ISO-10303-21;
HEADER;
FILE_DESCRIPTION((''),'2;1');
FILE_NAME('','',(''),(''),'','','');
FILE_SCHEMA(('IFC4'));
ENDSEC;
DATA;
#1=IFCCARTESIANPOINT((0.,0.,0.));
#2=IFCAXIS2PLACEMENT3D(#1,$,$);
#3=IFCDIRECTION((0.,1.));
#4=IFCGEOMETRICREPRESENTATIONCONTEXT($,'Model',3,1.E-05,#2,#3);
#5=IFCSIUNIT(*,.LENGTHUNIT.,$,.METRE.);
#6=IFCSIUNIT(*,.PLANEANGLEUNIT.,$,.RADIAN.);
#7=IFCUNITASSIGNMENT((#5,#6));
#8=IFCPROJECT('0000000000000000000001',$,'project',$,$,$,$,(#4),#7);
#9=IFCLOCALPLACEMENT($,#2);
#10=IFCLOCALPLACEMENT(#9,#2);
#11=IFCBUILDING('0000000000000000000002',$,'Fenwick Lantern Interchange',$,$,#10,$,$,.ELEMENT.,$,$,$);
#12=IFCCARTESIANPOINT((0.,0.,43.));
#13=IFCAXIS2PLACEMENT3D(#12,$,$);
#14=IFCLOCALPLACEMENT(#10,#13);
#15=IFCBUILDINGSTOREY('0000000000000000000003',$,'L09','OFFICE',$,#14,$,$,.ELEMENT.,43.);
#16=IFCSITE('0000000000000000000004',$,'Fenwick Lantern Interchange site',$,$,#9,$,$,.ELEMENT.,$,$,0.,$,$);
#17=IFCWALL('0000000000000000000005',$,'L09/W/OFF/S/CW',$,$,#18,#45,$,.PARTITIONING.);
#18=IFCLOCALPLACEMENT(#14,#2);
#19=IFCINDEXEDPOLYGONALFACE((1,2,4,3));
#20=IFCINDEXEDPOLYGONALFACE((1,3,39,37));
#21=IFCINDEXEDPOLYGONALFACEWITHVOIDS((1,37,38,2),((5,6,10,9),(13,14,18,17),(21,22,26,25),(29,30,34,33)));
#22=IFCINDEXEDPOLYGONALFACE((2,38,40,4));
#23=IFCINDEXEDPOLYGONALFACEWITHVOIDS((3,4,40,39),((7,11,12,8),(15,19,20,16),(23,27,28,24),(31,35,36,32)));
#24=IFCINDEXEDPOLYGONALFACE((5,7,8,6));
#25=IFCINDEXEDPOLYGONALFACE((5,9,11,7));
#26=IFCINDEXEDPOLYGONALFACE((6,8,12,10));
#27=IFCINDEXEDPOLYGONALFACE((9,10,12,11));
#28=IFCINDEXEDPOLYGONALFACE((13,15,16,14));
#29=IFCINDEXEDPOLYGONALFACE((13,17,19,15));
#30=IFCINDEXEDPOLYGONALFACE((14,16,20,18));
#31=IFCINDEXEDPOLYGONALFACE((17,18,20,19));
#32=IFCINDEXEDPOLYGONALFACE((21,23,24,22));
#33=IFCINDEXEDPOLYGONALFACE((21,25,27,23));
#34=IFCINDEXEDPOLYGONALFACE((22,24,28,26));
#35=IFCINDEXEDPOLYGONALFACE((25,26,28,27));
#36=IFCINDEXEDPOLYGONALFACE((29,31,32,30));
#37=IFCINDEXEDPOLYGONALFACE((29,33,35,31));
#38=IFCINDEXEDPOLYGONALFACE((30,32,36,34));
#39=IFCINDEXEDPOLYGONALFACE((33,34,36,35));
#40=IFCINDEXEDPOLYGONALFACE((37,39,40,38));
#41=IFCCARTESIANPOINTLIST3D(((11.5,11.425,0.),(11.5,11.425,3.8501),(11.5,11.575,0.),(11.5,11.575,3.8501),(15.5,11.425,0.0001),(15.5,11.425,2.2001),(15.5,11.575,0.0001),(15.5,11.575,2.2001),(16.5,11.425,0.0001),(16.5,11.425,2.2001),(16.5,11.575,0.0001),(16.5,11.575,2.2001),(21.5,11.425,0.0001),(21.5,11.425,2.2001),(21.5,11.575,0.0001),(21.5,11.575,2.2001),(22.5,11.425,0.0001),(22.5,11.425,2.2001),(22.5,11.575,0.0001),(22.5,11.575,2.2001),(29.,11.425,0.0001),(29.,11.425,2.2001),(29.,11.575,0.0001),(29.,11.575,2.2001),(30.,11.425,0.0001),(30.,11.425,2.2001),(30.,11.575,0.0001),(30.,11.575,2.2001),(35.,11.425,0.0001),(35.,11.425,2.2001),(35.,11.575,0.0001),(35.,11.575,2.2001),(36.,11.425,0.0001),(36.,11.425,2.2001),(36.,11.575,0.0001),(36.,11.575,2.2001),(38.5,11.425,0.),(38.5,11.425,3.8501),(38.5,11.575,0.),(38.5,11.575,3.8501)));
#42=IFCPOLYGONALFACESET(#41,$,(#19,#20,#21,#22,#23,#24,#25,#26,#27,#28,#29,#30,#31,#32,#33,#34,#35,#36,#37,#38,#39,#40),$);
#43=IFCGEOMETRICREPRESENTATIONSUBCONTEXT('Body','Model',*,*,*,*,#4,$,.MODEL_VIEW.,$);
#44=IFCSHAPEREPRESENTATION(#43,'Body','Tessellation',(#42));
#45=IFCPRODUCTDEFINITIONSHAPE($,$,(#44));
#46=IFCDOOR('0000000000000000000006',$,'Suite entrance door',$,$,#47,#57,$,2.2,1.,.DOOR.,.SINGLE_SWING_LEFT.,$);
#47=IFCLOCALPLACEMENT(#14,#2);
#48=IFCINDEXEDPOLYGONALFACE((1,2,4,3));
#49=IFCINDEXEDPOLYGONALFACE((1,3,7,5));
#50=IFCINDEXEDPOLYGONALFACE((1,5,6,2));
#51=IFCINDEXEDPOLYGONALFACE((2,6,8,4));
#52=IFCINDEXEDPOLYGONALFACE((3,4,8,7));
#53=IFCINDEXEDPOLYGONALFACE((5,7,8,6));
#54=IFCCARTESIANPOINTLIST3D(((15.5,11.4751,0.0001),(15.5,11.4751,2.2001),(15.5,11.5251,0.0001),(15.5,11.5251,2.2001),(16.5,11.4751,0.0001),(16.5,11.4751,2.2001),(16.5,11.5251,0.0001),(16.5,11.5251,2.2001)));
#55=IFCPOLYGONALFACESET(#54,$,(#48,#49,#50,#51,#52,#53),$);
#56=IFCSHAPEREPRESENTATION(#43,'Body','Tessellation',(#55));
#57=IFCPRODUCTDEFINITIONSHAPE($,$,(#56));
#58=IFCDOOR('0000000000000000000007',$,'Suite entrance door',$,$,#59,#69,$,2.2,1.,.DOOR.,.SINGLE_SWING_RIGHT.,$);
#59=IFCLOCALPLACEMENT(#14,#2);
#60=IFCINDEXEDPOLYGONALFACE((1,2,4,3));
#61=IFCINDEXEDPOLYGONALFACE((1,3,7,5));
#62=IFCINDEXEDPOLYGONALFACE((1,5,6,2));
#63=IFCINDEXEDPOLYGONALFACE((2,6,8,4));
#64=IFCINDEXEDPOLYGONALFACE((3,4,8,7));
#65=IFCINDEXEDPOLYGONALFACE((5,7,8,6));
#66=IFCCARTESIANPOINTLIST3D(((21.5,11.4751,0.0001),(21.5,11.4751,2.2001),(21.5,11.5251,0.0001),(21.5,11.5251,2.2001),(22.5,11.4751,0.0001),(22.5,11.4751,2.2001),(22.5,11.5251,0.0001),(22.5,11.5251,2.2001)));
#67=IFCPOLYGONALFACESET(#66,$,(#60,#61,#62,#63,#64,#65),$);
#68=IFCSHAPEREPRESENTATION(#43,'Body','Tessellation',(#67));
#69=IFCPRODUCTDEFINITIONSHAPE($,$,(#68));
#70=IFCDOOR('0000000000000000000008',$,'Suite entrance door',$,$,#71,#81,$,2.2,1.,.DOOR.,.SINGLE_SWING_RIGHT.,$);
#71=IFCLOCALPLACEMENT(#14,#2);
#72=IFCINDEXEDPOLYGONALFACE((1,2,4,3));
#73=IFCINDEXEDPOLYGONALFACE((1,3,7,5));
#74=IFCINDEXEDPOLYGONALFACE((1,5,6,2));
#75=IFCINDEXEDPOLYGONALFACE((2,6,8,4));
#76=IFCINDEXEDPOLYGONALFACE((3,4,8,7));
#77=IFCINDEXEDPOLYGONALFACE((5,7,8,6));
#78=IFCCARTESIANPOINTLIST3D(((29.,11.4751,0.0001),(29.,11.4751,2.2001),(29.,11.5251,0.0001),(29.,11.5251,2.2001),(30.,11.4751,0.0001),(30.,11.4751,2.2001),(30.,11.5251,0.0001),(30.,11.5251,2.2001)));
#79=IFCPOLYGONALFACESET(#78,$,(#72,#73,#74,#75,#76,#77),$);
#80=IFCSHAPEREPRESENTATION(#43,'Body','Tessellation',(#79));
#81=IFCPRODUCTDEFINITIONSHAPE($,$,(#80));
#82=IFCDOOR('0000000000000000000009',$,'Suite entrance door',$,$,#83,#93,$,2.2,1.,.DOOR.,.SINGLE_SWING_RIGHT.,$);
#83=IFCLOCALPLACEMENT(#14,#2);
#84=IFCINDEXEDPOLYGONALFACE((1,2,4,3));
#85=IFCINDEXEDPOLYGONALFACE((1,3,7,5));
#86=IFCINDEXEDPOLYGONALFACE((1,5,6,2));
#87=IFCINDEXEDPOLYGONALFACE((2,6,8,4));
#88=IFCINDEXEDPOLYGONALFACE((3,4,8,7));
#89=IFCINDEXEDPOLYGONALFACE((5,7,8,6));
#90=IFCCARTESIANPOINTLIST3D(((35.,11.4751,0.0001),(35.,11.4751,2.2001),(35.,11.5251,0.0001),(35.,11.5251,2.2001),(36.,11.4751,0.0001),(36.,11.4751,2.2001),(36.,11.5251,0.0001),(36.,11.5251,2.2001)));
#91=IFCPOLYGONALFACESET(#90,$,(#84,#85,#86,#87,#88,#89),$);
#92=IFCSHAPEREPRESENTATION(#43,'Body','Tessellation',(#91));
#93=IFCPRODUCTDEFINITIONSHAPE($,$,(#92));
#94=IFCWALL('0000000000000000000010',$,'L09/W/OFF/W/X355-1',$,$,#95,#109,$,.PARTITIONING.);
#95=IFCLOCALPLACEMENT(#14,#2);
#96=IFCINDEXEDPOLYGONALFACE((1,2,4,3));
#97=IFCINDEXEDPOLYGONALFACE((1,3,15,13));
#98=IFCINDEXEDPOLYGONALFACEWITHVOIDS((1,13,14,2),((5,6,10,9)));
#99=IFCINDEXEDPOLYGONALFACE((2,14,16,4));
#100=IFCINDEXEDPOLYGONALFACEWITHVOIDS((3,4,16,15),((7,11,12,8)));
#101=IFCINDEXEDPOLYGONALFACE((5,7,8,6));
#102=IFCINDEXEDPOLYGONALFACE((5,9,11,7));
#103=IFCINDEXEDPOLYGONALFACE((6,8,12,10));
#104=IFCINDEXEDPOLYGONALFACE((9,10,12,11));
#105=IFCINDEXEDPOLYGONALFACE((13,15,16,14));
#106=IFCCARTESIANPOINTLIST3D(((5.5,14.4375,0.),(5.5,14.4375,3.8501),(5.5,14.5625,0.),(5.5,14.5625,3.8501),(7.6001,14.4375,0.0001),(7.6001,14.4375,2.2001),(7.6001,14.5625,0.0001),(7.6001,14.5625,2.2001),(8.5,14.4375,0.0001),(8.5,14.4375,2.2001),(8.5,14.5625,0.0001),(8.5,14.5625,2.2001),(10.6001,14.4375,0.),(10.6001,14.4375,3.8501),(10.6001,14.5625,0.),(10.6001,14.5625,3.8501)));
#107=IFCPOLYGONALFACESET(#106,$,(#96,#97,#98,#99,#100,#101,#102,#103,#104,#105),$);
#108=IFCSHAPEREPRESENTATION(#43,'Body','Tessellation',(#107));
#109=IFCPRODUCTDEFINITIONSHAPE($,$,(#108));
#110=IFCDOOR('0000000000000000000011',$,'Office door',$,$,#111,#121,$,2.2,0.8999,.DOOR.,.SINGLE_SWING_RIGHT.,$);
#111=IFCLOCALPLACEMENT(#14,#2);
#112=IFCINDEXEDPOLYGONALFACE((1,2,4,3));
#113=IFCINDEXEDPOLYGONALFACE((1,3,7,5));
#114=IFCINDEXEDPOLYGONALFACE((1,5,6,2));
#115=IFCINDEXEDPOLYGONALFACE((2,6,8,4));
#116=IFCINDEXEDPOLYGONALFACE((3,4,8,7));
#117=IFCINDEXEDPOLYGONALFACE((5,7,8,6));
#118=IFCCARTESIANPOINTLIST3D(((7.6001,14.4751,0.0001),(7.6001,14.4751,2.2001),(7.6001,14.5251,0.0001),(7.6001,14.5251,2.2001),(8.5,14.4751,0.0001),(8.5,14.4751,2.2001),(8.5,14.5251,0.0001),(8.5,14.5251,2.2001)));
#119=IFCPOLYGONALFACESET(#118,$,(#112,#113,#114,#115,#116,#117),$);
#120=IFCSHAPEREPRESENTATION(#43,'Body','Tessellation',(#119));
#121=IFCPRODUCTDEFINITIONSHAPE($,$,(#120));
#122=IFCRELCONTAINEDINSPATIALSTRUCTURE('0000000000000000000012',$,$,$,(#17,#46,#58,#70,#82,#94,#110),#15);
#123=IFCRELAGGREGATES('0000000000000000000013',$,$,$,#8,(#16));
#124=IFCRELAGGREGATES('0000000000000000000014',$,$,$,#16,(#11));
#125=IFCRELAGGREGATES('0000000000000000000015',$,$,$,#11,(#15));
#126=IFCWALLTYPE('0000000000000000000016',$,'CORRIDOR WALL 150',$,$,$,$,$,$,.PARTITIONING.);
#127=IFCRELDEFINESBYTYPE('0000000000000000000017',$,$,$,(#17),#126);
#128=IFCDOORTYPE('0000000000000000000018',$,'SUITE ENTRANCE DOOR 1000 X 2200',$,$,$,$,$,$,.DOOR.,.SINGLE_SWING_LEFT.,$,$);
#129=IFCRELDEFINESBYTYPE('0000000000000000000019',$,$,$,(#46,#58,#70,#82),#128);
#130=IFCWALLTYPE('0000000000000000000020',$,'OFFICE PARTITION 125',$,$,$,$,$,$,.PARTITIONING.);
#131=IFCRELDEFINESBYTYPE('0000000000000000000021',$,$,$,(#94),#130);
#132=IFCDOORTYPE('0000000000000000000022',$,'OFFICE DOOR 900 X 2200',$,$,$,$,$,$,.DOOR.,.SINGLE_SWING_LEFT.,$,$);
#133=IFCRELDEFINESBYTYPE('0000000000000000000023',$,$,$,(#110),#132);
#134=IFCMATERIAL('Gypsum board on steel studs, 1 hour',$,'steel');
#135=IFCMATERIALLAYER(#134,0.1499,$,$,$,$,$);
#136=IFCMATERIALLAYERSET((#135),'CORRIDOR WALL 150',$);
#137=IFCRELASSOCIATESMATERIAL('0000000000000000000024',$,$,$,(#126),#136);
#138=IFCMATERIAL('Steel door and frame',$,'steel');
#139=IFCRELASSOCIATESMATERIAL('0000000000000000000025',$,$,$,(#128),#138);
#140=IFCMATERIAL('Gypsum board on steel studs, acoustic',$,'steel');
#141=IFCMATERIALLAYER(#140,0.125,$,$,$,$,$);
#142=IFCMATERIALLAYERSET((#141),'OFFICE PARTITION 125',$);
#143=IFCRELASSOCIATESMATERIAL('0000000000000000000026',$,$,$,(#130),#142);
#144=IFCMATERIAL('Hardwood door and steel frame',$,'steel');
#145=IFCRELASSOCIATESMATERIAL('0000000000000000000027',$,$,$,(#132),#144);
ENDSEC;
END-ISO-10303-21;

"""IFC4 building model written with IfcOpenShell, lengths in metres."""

from ifc_helpers import new_model, si_unit, direction, frame, frame_2d, origin, place, context, subcontext, project, spatial, rectangle, extrude, material, layer, layer_set, type_object, element, fill, save


model = new_model("IFC4")

# Units and contexts
model_context = context("Model", 3, precision=1e-05, world=origin(), true_north=direction((0.0, 1.0)))
body_context = subcontext(model_context, "Body", "Model", "MODEL_VIEW")
ifc_project = project(units=[si_unit("LENGTHUNIT", "METRE"), si_unit("PLANEANGLEUNIT", "RADIAN")], contexts=[model_context])

# Site, building, storey
site_placement = place(None, origin())
site = spatial("IfcSite", under=ifc_project, at=site_placement, Name="Fenwick Lantern Interchange site", CompositionType="ELEMENT", RefElevation=0.0)
building_placement = place(site_placement, origin())
building = spatial("IfcBuilding", under=site, at=building_placement, Name="Fenwick Lantern Interchange", CompositionType="ELEMENT")
storey_placement = place(building_placement, frame((0.0, 0.0, 43.0)))
storey = spatial("IfcBuildingStorey", under=building, at=storey_placement, Name="L09", Description="OFFICE", CompositionType="ELEMENT", Elevation=43.0)

# Shared definitions
ifc_material_1 = material(Name="Steel door and frame", Category="steel")

# Wall, openings, doors
ifc_material_2 = material(Name="Hardwood door and steel frame", Category="steel")
ifc_material_3 = material(Name="Gypsum board on steel studs, 1 hour", Category="steel")
ifc_layer_1 = layer(ifc_material_3, 0.1499)
ifc_layer_set_1 = layer_set([ifc_layer_1], Name="CORRIDOR WALL 150")
wall_type_1 = type_object("IfcWallType", Name="CORRIDOR WALL 150", PredefinedType="PARTITIONING", material=ifc_layer_set_1)
wall_1_placement = place(storey_placement, frame((11.5, 11.5, 0.0), z_axis=(0.0, 0.0, 1.0), x_axis=(1.0, 0.0, 0.0)))
wall_1 = element("IfcWall", 1, at=wall_1_placement, inside=storey, type_object=wall_type_1, Name="L09/W/OFF/S/CW", PredefinedType="PARTITIONING", context=body_context, shape_type="SweptSolid", body=[
    extrude(rectangle(XDim=27.0, YDim=0.1499, at=frame_2d((13.5, 0.0))), origin(), (0.0, 0.0, 1.0), 3.8501),
])
opening_1_placement = place(wall_1_placement, frame((4.0, 0.0, 0.0)))
opening_1 = element("IfcOpeningElement", 2, at=opening_1_placement, cuts=wall_1, PredefinedType="OPENING", context=body_context, shape_type="SweptSolid", body=[
    extrude(rectangle(XDim=1.0, YDim=2.2, at=frame_2d((0.5, 1.1001))), frame((0.0, 0.085, 0.0), z_axis=(0.0, -1.0, 0.0), x_axis=(1.0, 0.0, 0.0)), (0.0, 0.0, 1.0), 0.1699),
])
opening_2_placement = place(wall_1_placement, frame((10.0, 0.0, 0.0)))
opening_2 = element("IfcOpeningElement", 3, at=opening_2_placement, cuts=wall_1, PredefinedType="OPENING", context=body_context, shape_type="SweptSolid", body=[
    extrude(rectangle(XDim=1.0, YDim=2.2, at=frame_2d((0.5, 1.1001))), frame((0.0, 0.085, 0.0), z_axis=(0.0, -1.0, 0.0), x_axis=(1.0, 0.0, 0.0)), (0.0, 0.0, 1.0), 0.1699),
])
opening_3_placement = place(wall_1_placement, frame((17.5, 0.0, 0.0)))
opening_3 = element("IfcOpeningElement", 4, at=opening_3_placement, cuts=wall_1, PredefinedType="OPENING", context=body_context, shape_type="SweptSolid", body=[
    extrude(rectangle(XDim=1.0, YDim=2.2, at=frame_2d((0.5, 1.1001))), frame((0.0, 0.085, 0.0), z_axis=(0.0, -1.0, 0.0), x_axis=(1.0, 0.0, 0.0)), (0.0, 0.0, 1.0), 0.1699),
])
opening_4_placement = place(wall_1_placement, frame((23.5, 0.0, 0.0)))
opening_4 = element("IfcOpeningElement", 5, at=opening_4_placement, cuts=wall_1, PredefinedType="OPENING", context=body_context, shape_type="SweptSolid", body=[
    extrude(rectangle(XDim=1.0, YDim=2.2, at=frame_2d((0.5, 1.1001))), frame((0.0, 0.085, 0.0), z_axis=(0.0, -1.0, 0.0), x_axis=(1.0, 0.0, 0.0)), (0.0, 0.0, 1.0), 0.1699),
])
door_type_1 = type_object("IfcDoorType", Name="SUITE ENTRANCE DOOR 1000 X 2200", OperationType="SINGLE_SWING_LEFT", PredefinedType="DOOR", material=ifc_material_1)
door_1_placement = place(opening_1_placement, frame((1.0, 0.0, 0.0), z_axis=(0.0, 0.0, 1.0), x_axis=(-1.0, 0.0, 0.0)))
door_1 = element("IfcDoor", 6, at=door_1_placement, inside=storey, type_object=door_type_1, Name="Suite entrance door", OperationType="SINGLE_SWING_LEFT", OverallHeight=2.2, OverallWidth=1.0, PredefinedType="DOOR", context=body_context, shape_type="SweptSolid", body=[
    extrude(rectangle(XDim=1.0, YDim=2.2, at=frame_2d((0.5, 1.1001))), frame((0.0, 0.0249, 0.0), z_axis=(0.0, -1.0, 0.0), x_axis=(1.0, 0.0, 0.0)), (0.0, 0.0, 1.0), 0.05),
])
fill(opening_1, door_1)
door_2_placement = place(opening_2_placement, frame((1.0, 0.0, 0.0), z_axis=(0.0, 0.0, 1.0), x_axis=(-1.0, 0.0, 0.0)))
door_2 = element("IfcDoor", 7, at=door_2_placement, inside=storey, type_object=door_type_1, Name="Suite entrance door", OperationType="SINGLE_SWING_RIGHT", OverallHeight=2.2, OverallWidth=1.0, PredefinedType="DOOR", context=body_context, shape_type="SweptSolid", body=[
    extrude(rectangle(XDim=1.0, YDim=2.2, at=frame_2d((0.5, 1.1001))), frame((0.0, 0.0249, 0.0), z_axis=(0.0, -1.0, 0.0), x_axis=(1.0, 0.0, 0.0)), (0.0, 0.0, 1.0), 0.05),
])
fill(opening_2, door_2)
door_3_placement = place(opening_3_placement, frame((1.0, 0.0, 0.0), z_axis=(0.0, 0.0, 1.0), x_axis=(-1.0, 0.0, 0.0)))
door_3 = element("IfcDoor", 8, at=door_3_placement, inside=storey, type_object=door_type_1, Name="Suite entrance door", OperationType="SINGLE_SWING_RIGHT", OverallHeight=2.2, OverallWidth=1.0, PredefinedType="DOOR", context=body_context, shape_type="SweptSolid", body=[
    extrude(rectangle(XDim=1.0, YDim=2.2, at=frame_2d((0.5, 1.1001))), frame((0.0, 0.0249, 0.0), z_axis=(0.0, -1.0, 0.0), x_axis=(1.0, 0.0, 0.0)), (0.0, 0.0, 1.0), 0.05),
])
fill(opening_3, door_3)
door_4_placement = place(opening_4_placement, frame((1.0, 0.0, 0.0), z_axis=(0.0, 0.0, 1.0), x_axis=(-1.0, 0.0, 0.0)))
door_4 = element("IfcDoor", 9, at=door_4_placement, inside=storey, type_object=door_type_1, Name="Suite entrance door", OperationType="SINGLE_SWING_RIGHT", OverallHeight=2.2, OverallWidth=1.0, PredefinedType="DOOR", context=body_context, shape_type="SweptSolid", body=[
    extrude(rectangle(XDim=1.0, YDim=2.2, at=frame_2d((0.5, 1.1001))), frame((0.0, 0.0249, 0.0), z_axis=(0.0, -1.0, 0.0), x_axis=(1.0, 0.0, 0.0)), (0.0, 0.0, 1.0), 0.05),
])
fill(opening_4, door_4)

# Wall, opening, door
ifc_material_4 = material(Name="Gypsum board on steel studs, acoustic", Category="steel")
ifc_layer_2 = layer(ifc_material_4, 0.125)
ifc_layer_set_2 = layer_set([ifc_layer_2], Name="OFFICE PARTITION 125")
wall_type_2 = type_object("IfcWallType", Name="OFFICE PARTITION 125", PredefinedType="PARTITIONING", material=ifc_layer_set_2)
wall_2_placement = place(storey_placement, frame((5.5, 14.5, 0.0), z_axis=(0.0, 0.0, 1.0), x_axis=(1.0, 0.0, 0.0)))
wall_2 = element("IfcWall", 10, at=wall_2_placement, inside=storey, type_object=wall_type_2, Name="L09/W/OFF/W/X355-1", PredefinedType="PARTITIONING", context=body_context, shape_type="SweptSolid", body=[
    extrude(rectangle(XDim=5.1001, YDim=0.125, at=frame_2d((2.55, 0.0))), origin(), (0.0, 0.0, 1.0), 3.8501),
])
opening_5_placement = place(wall_2_placement, frame((2.1001, 0.0, 0.0)))
opening_5 = element("IfcOpeningElement", 11, at=opening_5_placement, cuts=wall_2, PredefinedType="OPENING", context=body_context, shape_type="SweptSolid", body=[
    extrude(rectangle(XDim=0.8999, YDim=2.2, at=frame_2d((0.45, 1.1001))), frame((0.0, 0.0725, 0.0), z_axis=(0.0, -1.0, 0.0), x_axis=(1.0, 0.0, 0.0)), (0.0, 0.0, 1.0), 0.145),
])
door_type_2 = type_object("IfcDoorType", Name="OFFICE DOOR 900 X 2200", OperationType="SINGLE_SWING_LEFT", PredefinedType="DOOR", material=ifc_material_2)
door_5_placement = place(opening_5_placement, frame((0.8999, 0.0, 0.0), z_axis=(0.0, 0.0, 1.0), x_axis=(-1.0, 0.0, 0.0)))
door_5 = element("IfcDoor", 12, at=door_5_placement, inside=storey, type_object=door_type_2, Name="Office door", OperationType="SINGLE_SWING_RIGHT", OverallHeight=2.2, OverallWidth=0.8999, PredefinedType="DOOR", context=body_context, shape_type="SweptSolid", body=[
    extrude(rectangle(XDim=0.8999, YDim=2.2, at=frame_2d((0.45, 1.1001))), frame((0.0, 0.0249, 0.0), z_axis=(0.0, -1.0, 0.0), x_axis=(1.0, 0.0, 0.0)), (0.0, 0.0, 1.0), 0.05),
])
fill(opening_5, door_5)

save(model, "model.ifc")
